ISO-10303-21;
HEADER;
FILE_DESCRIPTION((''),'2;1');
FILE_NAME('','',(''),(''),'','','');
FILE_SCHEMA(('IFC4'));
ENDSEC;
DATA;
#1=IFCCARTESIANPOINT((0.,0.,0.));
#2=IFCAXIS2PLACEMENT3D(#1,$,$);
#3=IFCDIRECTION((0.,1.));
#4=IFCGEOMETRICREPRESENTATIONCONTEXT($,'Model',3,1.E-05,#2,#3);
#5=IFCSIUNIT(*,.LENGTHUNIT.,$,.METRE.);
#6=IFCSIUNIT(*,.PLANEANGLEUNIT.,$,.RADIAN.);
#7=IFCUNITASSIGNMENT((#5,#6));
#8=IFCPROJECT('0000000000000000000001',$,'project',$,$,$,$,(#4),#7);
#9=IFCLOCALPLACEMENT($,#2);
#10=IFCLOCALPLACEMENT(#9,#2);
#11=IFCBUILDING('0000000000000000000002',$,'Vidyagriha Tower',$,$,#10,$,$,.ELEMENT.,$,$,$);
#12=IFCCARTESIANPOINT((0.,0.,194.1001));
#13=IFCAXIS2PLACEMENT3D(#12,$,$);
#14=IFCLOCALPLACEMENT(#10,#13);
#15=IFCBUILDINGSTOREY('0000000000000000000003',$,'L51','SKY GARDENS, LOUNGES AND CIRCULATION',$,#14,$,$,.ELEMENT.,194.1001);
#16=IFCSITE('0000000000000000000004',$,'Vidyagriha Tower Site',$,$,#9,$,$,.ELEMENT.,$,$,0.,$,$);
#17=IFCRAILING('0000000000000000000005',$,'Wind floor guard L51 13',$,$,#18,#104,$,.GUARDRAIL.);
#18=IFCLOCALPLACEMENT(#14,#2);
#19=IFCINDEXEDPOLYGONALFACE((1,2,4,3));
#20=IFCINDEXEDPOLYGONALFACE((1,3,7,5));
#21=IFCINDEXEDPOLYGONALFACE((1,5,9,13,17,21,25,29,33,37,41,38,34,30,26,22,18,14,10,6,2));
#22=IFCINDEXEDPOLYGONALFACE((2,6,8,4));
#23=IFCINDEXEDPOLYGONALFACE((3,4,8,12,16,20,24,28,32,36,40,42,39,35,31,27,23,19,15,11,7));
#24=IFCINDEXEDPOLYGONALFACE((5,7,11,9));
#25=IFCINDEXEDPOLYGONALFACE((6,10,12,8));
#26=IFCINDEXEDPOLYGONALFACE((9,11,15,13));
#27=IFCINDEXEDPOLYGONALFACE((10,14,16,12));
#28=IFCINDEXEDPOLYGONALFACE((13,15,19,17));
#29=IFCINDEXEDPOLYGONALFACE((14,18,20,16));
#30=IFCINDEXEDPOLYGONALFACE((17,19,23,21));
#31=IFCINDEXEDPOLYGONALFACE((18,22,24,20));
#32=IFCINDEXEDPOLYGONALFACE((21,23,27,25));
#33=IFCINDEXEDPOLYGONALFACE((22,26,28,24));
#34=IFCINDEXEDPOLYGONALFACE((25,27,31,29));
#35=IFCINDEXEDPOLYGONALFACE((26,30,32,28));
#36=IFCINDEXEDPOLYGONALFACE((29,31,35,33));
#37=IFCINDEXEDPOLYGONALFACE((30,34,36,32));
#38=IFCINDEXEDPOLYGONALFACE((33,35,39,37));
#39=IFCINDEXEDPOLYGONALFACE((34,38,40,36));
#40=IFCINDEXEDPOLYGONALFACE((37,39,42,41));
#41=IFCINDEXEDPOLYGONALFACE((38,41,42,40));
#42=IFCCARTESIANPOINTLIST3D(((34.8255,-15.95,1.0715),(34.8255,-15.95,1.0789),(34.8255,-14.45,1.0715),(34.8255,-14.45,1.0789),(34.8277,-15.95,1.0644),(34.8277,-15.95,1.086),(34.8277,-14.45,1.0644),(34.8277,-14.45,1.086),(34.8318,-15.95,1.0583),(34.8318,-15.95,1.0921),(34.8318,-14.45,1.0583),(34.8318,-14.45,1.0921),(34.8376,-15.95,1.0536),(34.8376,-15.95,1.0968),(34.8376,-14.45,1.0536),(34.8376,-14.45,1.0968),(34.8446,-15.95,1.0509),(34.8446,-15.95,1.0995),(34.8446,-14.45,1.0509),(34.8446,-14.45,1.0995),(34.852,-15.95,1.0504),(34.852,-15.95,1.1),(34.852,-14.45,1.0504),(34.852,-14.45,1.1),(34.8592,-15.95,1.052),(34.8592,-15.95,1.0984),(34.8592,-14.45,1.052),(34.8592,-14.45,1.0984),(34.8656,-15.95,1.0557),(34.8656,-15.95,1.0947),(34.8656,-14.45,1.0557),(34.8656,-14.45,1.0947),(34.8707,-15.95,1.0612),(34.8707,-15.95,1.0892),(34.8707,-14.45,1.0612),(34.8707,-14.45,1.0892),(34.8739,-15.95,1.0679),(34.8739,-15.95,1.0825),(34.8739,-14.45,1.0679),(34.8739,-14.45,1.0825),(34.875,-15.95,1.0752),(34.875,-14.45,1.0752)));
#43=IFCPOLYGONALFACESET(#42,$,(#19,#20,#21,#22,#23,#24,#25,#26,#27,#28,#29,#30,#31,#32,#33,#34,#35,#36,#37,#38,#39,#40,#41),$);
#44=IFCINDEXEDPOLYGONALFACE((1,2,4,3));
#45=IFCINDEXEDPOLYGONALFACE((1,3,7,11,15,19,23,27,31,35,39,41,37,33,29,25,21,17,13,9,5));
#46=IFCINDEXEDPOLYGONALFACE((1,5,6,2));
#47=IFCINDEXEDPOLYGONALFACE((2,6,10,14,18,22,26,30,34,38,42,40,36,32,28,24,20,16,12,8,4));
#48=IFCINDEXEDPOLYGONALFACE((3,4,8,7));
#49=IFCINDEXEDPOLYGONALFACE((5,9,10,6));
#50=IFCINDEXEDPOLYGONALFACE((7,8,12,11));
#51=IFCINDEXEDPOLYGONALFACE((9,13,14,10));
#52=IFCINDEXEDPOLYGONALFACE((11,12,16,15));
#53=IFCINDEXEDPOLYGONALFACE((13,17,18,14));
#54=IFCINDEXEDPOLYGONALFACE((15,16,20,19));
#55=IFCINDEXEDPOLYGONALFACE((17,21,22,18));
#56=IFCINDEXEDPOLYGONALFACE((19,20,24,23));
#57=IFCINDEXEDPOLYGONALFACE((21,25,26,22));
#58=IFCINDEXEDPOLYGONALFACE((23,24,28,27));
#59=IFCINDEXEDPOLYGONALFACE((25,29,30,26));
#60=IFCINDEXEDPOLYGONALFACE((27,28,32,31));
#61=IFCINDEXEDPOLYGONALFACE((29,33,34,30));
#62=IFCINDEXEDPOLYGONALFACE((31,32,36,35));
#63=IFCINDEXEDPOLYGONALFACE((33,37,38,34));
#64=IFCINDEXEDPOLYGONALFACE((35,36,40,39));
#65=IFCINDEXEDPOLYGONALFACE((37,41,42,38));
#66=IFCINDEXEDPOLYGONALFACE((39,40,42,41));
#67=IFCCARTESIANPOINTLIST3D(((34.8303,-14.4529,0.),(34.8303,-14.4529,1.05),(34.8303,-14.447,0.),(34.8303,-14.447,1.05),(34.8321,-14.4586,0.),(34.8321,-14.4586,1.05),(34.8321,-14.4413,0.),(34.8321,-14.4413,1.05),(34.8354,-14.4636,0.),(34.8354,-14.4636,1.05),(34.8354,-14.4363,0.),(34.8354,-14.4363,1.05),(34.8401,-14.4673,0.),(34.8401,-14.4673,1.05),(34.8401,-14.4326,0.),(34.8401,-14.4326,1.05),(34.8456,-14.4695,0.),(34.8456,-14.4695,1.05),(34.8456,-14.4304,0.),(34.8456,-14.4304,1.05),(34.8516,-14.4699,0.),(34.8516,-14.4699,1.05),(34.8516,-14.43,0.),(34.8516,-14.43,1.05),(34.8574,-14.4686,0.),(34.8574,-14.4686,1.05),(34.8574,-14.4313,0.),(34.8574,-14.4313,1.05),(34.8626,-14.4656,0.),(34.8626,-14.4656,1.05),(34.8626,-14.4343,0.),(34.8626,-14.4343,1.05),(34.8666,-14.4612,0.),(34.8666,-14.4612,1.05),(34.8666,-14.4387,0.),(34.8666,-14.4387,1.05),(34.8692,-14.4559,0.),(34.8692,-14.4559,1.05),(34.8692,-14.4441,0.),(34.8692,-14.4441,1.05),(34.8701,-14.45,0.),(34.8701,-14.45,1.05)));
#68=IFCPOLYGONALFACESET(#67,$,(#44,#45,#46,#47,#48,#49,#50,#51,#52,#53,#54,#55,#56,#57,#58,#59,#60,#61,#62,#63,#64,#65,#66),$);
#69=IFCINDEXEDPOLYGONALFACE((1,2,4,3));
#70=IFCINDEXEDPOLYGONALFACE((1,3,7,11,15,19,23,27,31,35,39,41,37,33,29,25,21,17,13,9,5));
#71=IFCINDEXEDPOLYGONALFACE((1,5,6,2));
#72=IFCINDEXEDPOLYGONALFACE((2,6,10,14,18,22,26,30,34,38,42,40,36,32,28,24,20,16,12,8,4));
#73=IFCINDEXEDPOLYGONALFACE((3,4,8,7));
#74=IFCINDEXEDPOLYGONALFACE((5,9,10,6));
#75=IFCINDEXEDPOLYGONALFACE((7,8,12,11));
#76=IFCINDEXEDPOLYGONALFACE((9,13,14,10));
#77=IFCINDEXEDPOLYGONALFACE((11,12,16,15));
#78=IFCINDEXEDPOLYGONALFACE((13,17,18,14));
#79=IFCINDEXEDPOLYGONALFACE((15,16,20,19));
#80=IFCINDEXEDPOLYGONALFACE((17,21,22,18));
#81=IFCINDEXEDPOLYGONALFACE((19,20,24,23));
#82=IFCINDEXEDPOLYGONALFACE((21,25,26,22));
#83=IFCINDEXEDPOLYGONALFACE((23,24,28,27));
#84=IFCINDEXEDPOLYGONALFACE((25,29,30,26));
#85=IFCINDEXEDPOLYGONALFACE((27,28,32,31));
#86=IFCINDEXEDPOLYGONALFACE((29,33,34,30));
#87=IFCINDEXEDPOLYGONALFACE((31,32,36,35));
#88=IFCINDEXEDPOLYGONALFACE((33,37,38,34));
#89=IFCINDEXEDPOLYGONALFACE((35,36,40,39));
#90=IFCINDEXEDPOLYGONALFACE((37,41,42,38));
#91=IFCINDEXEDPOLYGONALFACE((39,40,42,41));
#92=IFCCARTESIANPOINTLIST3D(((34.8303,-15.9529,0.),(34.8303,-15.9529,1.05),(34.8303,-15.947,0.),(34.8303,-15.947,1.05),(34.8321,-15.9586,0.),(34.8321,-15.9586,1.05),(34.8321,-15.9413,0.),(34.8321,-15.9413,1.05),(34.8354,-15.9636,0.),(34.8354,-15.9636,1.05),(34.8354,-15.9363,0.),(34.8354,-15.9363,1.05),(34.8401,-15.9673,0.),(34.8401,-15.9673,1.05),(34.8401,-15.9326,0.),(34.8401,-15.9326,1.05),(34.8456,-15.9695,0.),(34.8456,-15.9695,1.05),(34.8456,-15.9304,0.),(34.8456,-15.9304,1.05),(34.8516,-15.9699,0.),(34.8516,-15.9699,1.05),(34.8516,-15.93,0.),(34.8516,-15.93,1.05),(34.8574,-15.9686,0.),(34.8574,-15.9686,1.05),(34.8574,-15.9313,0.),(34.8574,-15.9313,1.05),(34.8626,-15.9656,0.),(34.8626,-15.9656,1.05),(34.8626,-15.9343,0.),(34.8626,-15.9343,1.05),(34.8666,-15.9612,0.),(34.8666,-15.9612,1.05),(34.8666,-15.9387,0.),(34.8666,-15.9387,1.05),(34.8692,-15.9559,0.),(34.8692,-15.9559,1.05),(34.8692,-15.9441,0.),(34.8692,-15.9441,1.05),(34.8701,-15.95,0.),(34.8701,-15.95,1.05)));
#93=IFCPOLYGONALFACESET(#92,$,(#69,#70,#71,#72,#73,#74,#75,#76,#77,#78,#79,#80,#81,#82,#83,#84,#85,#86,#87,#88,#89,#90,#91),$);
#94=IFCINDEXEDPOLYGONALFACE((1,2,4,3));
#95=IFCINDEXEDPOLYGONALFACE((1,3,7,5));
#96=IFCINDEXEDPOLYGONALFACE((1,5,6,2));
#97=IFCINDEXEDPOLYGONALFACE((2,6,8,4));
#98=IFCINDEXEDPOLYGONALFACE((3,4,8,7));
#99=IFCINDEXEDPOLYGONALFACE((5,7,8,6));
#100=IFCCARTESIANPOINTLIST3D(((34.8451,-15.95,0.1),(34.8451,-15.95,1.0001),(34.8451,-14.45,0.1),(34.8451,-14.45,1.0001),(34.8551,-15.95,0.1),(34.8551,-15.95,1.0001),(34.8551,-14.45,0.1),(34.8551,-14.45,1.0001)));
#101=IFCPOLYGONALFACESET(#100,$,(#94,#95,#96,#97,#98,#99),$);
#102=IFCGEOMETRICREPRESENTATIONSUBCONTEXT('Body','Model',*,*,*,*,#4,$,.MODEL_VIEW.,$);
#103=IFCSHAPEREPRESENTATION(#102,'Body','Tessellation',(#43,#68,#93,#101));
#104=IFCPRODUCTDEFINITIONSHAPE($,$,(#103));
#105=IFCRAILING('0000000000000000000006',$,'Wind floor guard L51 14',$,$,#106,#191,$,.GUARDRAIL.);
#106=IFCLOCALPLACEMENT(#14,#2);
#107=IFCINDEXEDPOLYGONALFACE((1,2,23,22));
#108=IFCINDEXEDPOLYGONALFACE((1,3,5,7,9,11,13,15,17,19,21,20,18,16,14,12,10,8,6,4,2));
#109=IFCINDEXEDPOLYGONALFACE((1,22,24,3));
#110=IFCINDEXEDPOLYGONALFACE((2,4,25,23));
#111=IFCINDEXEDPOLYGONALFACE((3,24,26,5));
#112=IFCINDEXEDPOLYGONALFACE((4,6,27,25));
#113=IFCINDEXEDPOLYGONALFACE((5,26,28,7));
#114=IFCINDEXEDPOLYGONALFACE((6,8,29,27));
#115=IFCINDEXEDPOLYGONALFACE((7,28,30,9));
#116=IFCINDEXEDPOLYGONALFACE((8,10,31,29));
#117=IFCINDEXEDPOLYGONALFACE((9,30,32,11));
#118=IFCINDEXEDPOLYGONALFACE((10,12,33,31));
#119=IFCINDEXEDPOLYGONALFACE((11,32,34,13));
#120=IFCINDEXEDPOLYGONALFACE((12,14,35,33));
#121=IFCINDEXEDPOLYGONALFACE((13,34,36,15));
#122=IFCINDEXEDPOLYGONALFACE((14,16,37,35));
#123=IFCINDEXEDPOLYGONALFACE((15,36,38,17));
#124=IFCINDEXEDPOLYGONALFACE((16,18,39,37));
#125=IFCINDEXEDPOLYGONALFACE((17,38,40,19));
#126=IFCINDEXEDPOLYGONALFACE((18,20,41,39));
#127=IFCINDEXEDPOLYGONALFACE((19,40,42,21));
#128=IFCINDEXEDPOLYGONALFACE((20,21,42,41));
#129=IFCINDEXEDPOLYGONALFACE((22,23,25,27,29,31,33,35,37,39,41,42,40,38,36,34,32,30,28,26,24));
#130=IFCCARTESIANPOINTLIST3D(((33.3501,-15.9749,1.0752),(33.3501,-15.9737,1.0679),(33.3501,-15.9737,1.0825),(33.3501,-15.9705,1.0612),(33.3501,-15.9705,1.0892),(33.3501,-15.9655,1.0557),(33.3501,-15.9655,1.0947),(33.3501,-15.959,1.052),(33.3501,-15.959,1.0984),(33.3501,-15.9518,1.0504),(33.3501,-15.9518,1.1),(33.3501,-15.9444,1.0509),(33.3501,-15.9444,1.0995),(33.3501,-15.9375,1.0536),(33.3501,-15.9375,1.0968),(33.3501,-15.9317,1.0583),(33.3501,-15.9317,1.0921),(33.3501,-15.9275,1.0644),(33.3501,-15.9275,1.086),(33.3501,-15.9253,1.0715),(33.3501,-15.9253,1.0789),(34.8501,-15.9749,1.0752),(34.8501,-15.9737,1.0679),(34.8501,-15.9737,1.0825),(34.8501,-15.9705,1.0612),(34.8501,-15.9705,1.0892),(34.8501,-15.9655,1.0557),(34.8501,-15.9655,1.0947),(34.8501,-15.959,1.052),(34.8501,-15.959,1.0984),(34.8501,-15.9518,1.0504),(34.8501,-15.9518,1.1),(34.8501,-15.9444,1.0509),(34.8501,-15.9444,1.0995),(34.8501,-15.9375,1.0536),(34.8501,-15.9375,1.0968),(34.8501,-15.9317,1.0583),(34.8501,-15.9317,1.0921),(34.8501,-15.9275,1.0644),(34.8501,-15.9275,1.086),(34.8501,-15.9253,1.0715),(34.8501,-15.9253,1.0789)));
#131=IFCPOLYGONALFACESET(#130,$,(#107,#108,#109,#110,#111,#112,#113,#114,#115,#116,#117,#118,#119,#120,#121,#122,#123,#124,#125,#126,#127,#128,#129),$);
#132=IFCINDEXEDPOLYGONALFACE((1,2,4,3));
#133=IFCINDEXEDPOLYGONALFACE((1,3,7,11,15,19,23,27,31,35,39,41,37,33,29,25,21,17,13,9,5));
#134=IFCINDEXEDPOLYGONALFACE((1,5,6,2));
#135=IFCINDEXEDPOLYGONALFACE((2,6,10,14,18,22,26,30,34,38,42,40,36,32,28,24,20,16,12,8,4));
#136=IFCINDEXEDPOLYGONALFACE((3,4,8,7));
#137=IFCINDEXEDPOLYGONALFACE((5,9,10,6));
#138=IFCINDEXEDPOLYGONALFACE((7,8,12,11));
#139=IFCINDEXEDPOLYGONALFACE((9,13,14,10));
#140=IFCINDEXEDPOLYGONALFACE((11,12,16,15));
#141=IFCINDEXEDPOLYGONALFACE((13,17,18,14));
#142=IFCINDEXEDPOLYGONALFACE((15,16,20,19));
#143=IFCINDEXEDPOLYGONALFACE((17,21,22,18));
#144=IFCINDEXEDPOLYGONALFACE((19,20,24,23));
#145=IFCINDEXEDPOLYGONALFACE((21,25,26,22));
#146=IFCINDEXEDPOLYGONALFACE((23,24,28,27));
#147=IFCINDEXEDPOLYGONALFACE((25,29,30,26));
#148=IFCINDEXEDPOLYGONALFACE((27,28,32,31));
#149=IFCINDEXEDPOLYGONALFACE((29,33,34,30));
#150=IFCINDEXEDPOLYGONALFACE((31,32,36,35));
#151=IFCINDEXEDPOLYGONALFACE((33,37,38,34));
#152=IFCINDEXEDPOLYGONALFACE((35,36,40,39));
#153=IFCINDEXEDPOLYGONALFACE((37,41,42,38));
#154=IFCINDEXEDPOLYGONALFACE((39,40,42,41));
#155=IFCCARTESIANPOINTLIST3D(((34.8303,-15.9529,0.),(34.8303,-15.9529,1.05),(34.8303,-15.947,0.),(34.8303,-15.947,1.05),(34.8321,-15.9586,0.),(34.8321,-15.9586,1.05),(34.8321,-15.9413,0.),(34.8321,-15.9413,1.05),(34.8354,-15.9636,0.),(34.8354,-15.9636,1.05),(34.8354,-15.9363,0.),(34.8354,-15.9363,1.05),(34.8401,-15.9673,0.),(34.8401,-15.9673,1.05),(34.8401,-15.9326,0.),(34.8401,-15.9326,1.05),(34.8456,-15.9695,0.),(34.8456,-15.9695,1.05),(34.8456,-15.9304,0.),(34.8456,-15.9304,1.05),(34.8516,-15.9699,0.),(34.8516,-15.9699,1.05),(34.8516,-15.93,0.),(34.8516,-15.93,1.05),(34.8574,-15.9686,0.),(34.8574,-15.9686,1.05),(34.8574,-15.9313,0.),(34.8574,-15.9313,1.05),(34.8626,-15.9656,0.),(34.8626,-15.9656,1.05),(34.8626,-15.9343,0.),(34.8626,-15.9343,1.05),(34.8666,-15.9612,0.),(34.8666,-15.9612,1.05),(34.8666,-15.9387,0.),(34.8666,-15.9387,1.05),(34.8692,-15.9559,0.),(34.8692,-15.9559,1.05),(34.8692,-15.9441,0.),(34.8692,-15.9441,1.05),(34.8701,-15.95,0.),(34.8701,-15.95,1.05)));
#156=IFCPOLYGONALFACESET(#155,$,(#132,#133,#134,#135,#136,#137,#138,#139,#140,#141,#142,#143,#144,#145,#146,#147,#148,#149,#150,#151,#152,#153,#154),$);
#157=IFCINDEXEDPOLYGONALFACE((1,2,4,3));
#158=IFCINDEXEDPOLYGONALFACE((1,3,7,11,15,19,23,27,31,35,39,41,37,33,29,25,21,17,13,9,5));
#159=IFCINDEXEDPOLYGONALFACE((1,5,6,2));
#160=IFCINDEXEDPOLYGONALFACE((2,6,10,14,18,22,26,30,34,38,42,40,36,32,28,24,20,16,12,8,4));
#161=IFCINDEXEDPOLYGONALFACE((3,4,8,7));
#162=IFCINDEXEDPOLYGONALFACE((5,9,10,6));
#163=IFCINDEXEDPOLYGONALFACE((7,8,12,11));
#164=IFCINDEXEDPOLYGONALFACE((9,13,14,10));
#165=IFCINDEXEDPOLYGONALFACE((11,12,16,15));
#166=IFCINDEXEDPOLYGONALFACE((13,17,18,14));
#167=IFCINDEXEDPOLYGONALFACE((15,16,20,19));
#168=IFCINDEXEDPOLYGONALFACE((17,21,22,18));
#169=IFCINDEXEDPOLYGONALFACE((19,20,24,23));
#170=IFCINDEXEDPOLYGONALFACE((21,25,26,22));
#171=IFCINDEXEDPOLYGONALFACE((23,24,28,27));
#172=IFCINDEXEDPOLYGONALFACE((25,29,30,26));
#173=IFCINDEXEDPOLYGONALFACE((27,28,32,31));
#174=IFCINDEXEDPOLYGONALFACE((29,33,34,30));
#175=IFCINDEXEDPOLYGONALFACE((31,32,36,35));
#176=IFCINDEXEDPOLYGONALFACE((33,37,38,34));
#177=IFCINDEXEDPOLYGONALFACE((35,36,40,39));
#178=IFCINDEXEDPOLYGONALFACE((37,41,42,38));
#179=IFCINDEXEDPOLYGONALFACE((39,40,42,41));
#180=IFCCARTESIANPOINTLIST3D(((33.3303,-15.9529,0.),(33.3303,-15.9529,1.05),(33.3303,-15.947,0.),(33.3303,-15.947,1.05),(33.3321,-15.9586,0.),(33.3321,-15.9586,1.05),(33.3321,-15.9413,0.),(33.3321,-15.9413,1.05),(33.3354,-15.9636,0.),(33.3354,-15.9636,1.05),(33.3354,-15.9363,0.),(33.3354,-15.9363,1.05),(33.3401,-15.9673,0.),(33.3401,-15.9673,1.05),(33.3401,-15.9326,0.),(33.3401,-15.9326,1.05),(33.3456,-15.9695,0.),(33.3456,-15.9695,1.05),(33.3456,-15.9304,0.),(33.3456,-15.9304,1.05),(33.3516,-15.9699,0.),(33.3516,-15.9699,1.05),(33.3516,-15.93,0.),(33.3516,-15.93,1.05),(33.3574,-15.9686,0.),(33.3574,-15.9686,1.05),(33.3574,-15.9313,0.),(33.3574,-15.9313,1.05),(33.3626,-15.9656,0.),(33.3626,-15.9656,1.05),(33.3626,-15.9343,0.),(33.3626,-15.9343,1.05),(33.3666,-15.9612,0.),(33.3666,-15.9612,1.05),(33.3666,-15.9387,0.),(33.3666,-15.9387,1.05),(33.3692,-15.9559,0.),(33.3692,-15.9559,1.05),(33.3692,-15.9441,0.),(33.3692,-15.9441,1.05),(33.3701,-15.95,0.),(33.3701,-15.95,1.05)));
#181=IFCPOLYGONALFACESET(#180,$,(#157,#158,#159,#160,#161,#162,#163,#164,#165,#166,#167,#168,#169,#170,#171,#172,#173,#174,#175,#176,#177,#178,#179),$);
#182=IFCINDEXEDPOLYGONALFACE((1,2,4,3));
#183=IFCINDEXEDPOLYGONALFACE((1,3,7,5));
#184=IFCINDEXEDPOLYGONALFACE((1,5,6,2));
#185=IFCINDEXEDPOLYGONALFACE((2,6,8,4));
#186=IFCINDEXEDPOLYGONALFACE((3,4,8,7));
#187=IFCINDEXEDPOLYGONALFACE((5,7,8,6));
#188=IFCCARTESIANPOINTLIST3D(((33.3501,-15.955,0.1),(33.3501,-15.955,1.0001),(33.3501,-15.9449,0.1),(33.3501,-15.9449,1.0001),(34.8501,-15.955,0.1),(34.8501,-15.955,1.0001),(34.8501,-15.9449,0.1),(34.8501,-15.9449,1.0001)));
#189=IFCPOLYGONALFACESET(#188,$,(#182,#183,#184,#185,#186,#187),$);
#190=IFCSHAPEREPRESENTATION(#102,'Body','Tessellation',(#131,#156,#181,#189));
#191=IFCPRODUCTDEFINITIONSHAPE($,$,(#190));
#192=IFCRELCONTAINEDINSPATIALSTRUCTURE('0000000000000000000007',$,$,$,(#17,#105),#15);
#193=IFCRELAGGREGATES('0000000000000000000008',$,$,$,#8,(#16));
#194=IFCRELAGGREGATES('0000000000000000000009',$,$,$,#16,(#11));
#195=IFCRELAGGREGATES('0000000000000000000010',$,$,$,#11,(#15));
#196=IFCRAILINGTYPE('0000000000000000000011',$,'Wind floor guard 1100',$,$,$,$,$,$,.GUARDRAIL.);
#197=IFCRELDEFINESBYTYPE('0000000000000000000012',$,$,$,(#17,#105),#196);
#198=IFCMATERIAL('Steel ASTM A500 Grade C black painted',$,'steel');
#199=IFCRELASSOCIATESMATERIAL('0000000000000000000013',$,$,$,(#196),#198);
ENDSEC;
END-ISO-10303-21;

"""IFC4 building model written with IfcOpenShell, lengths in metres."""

from ifc_helpers import new_model, si_unit, direction, frame, origin, origin_2d, place, context, subcontext, project, spatial, rectangle, circle, extrude, material, type_object, element, save


model = new_model("IFC4")

# Units and contexts
model_context = context("Model", 3, precision=1e-05, world=origin(), true_north=direction((0.0, 1.0)))
body_context = subcontext(model_context, "Body", "Model", "MODEL_VIEW")
ifc_project = project(units=[si_unit("LENGTHUNIT", "METRE"), si_unit("PLANEANGLEUNIT", "RADIAN")], contexts=[model_context])

# Site, building, storey
site_placement = place(None, origin())
site = spatial("IfcSite", under=ifc_project, at=site_placement, Name="Vidyagriha Tower Site", CompositionType="ELEMENT", RefElevation=0.0)
building_placement = place(site_placement, origin())
building = spatial("IfcBuilding", under=site, at=building_placement, Name="Vidyagriha Tower", CompositionType="ELEMENT")
storey_placement = place(building_placement, frame((0.0, 0.0, 194.1001)))
storey = spatial("IfcBuildingStorey", under=building, at=storey_placement, Name="L51", Description="SKY GARDENS, LOUNGES AND CIRCULATION", CompositionType="ELEMENT", Elevation=194.1001)

# Railings
ifc_material_1 = material(Name="Steel ASTM A500 Grade C black painted", Category="steel")
railing_type = type_object("IfcRailingType", Name="Wind floor guard 1100", PredefinedType="GUARDRAIL", material=ifc_material_1)
railing_1_placement = place(storey_placement, frame((34.8501, -14.45, 0.0)))
element("IfcRailing", 1, at=railing_1_placement, inside=storey, type_object=railing_type, Name="Wind floor guard L51 13", PredefinedType="GUARDRAIL", context=body_context, shape_type="SweptSolid", body=[
    extrude(circle(Radius=0.0249, at=origin_2d()), frame((0.0, 0.0, 1.0752), z_axis=(0.0, -1.0, 0.0), x_axis=(1.0, 0.0, 0.0)), (0.0, 0.0, 1.0), 1.5),
    extrude(circle(Radius=0.02, at=origin_2d()), origin(), (0.0, 0.0, 1.0), 1.05),
    extrude(circle(Radius=0.02, at=origin_2d()), frame((0.0, -1.5, 0.0)), (0.0, 0.0, 1.0), 1.05),
    extrude(rectangle(XDim=0.01, YDim=0.9001, at=origin_2d()), frame((0.0, 0.0, 0.55), z_axis=(0.0, -1.0, 0.0), x_axis=(1.0, 0.0, 0.0)), (0.0, 0.0, 1.0), 1.5),
])
railing_2_placement = place(storey_placement, frame((34.8501, -15.95, 0.0)))
element("IfcRailing", 2, at=railing_2_placement, inside=storey, type_object=railing_type, Name="Wind floor guard L51 14", PredefinedType="GUARDRAIL", context=body_context, shape_type="SweptSolid", body=[
    extrude(circle(Radius=0.0249, at=origin_2d()), frame((0.0, 0.0, 1.0752), z_axis=(-1.0, 0.0, 0.0), x_axis=(0.0, -1.0, 0.0)), (0.0, 0.0, 1.0), 1.5),
    extrude(circle(Radius=0.02, at=origin_2d()), origin(), (0.0, 0.0, 1.0), 1.05),
    extrude(circle(Radius=0.02, at=origin_2d()), frame((-1.5, 0.0, 0.0)), (0.0, 0.0, 1.0), 1.05),
    extrude(rectangle(XDim=0.01, YDim=0.9001, at=origin_2d()), frame((0.0, 0.0, 0.55), z_axis=(-1.0, 0.0, 0.0), x_axis=(0.0, -1.0, 0.0)), (0.0, 0.0, 1.0), 1.5),
])

save(model, "model.ifc")
